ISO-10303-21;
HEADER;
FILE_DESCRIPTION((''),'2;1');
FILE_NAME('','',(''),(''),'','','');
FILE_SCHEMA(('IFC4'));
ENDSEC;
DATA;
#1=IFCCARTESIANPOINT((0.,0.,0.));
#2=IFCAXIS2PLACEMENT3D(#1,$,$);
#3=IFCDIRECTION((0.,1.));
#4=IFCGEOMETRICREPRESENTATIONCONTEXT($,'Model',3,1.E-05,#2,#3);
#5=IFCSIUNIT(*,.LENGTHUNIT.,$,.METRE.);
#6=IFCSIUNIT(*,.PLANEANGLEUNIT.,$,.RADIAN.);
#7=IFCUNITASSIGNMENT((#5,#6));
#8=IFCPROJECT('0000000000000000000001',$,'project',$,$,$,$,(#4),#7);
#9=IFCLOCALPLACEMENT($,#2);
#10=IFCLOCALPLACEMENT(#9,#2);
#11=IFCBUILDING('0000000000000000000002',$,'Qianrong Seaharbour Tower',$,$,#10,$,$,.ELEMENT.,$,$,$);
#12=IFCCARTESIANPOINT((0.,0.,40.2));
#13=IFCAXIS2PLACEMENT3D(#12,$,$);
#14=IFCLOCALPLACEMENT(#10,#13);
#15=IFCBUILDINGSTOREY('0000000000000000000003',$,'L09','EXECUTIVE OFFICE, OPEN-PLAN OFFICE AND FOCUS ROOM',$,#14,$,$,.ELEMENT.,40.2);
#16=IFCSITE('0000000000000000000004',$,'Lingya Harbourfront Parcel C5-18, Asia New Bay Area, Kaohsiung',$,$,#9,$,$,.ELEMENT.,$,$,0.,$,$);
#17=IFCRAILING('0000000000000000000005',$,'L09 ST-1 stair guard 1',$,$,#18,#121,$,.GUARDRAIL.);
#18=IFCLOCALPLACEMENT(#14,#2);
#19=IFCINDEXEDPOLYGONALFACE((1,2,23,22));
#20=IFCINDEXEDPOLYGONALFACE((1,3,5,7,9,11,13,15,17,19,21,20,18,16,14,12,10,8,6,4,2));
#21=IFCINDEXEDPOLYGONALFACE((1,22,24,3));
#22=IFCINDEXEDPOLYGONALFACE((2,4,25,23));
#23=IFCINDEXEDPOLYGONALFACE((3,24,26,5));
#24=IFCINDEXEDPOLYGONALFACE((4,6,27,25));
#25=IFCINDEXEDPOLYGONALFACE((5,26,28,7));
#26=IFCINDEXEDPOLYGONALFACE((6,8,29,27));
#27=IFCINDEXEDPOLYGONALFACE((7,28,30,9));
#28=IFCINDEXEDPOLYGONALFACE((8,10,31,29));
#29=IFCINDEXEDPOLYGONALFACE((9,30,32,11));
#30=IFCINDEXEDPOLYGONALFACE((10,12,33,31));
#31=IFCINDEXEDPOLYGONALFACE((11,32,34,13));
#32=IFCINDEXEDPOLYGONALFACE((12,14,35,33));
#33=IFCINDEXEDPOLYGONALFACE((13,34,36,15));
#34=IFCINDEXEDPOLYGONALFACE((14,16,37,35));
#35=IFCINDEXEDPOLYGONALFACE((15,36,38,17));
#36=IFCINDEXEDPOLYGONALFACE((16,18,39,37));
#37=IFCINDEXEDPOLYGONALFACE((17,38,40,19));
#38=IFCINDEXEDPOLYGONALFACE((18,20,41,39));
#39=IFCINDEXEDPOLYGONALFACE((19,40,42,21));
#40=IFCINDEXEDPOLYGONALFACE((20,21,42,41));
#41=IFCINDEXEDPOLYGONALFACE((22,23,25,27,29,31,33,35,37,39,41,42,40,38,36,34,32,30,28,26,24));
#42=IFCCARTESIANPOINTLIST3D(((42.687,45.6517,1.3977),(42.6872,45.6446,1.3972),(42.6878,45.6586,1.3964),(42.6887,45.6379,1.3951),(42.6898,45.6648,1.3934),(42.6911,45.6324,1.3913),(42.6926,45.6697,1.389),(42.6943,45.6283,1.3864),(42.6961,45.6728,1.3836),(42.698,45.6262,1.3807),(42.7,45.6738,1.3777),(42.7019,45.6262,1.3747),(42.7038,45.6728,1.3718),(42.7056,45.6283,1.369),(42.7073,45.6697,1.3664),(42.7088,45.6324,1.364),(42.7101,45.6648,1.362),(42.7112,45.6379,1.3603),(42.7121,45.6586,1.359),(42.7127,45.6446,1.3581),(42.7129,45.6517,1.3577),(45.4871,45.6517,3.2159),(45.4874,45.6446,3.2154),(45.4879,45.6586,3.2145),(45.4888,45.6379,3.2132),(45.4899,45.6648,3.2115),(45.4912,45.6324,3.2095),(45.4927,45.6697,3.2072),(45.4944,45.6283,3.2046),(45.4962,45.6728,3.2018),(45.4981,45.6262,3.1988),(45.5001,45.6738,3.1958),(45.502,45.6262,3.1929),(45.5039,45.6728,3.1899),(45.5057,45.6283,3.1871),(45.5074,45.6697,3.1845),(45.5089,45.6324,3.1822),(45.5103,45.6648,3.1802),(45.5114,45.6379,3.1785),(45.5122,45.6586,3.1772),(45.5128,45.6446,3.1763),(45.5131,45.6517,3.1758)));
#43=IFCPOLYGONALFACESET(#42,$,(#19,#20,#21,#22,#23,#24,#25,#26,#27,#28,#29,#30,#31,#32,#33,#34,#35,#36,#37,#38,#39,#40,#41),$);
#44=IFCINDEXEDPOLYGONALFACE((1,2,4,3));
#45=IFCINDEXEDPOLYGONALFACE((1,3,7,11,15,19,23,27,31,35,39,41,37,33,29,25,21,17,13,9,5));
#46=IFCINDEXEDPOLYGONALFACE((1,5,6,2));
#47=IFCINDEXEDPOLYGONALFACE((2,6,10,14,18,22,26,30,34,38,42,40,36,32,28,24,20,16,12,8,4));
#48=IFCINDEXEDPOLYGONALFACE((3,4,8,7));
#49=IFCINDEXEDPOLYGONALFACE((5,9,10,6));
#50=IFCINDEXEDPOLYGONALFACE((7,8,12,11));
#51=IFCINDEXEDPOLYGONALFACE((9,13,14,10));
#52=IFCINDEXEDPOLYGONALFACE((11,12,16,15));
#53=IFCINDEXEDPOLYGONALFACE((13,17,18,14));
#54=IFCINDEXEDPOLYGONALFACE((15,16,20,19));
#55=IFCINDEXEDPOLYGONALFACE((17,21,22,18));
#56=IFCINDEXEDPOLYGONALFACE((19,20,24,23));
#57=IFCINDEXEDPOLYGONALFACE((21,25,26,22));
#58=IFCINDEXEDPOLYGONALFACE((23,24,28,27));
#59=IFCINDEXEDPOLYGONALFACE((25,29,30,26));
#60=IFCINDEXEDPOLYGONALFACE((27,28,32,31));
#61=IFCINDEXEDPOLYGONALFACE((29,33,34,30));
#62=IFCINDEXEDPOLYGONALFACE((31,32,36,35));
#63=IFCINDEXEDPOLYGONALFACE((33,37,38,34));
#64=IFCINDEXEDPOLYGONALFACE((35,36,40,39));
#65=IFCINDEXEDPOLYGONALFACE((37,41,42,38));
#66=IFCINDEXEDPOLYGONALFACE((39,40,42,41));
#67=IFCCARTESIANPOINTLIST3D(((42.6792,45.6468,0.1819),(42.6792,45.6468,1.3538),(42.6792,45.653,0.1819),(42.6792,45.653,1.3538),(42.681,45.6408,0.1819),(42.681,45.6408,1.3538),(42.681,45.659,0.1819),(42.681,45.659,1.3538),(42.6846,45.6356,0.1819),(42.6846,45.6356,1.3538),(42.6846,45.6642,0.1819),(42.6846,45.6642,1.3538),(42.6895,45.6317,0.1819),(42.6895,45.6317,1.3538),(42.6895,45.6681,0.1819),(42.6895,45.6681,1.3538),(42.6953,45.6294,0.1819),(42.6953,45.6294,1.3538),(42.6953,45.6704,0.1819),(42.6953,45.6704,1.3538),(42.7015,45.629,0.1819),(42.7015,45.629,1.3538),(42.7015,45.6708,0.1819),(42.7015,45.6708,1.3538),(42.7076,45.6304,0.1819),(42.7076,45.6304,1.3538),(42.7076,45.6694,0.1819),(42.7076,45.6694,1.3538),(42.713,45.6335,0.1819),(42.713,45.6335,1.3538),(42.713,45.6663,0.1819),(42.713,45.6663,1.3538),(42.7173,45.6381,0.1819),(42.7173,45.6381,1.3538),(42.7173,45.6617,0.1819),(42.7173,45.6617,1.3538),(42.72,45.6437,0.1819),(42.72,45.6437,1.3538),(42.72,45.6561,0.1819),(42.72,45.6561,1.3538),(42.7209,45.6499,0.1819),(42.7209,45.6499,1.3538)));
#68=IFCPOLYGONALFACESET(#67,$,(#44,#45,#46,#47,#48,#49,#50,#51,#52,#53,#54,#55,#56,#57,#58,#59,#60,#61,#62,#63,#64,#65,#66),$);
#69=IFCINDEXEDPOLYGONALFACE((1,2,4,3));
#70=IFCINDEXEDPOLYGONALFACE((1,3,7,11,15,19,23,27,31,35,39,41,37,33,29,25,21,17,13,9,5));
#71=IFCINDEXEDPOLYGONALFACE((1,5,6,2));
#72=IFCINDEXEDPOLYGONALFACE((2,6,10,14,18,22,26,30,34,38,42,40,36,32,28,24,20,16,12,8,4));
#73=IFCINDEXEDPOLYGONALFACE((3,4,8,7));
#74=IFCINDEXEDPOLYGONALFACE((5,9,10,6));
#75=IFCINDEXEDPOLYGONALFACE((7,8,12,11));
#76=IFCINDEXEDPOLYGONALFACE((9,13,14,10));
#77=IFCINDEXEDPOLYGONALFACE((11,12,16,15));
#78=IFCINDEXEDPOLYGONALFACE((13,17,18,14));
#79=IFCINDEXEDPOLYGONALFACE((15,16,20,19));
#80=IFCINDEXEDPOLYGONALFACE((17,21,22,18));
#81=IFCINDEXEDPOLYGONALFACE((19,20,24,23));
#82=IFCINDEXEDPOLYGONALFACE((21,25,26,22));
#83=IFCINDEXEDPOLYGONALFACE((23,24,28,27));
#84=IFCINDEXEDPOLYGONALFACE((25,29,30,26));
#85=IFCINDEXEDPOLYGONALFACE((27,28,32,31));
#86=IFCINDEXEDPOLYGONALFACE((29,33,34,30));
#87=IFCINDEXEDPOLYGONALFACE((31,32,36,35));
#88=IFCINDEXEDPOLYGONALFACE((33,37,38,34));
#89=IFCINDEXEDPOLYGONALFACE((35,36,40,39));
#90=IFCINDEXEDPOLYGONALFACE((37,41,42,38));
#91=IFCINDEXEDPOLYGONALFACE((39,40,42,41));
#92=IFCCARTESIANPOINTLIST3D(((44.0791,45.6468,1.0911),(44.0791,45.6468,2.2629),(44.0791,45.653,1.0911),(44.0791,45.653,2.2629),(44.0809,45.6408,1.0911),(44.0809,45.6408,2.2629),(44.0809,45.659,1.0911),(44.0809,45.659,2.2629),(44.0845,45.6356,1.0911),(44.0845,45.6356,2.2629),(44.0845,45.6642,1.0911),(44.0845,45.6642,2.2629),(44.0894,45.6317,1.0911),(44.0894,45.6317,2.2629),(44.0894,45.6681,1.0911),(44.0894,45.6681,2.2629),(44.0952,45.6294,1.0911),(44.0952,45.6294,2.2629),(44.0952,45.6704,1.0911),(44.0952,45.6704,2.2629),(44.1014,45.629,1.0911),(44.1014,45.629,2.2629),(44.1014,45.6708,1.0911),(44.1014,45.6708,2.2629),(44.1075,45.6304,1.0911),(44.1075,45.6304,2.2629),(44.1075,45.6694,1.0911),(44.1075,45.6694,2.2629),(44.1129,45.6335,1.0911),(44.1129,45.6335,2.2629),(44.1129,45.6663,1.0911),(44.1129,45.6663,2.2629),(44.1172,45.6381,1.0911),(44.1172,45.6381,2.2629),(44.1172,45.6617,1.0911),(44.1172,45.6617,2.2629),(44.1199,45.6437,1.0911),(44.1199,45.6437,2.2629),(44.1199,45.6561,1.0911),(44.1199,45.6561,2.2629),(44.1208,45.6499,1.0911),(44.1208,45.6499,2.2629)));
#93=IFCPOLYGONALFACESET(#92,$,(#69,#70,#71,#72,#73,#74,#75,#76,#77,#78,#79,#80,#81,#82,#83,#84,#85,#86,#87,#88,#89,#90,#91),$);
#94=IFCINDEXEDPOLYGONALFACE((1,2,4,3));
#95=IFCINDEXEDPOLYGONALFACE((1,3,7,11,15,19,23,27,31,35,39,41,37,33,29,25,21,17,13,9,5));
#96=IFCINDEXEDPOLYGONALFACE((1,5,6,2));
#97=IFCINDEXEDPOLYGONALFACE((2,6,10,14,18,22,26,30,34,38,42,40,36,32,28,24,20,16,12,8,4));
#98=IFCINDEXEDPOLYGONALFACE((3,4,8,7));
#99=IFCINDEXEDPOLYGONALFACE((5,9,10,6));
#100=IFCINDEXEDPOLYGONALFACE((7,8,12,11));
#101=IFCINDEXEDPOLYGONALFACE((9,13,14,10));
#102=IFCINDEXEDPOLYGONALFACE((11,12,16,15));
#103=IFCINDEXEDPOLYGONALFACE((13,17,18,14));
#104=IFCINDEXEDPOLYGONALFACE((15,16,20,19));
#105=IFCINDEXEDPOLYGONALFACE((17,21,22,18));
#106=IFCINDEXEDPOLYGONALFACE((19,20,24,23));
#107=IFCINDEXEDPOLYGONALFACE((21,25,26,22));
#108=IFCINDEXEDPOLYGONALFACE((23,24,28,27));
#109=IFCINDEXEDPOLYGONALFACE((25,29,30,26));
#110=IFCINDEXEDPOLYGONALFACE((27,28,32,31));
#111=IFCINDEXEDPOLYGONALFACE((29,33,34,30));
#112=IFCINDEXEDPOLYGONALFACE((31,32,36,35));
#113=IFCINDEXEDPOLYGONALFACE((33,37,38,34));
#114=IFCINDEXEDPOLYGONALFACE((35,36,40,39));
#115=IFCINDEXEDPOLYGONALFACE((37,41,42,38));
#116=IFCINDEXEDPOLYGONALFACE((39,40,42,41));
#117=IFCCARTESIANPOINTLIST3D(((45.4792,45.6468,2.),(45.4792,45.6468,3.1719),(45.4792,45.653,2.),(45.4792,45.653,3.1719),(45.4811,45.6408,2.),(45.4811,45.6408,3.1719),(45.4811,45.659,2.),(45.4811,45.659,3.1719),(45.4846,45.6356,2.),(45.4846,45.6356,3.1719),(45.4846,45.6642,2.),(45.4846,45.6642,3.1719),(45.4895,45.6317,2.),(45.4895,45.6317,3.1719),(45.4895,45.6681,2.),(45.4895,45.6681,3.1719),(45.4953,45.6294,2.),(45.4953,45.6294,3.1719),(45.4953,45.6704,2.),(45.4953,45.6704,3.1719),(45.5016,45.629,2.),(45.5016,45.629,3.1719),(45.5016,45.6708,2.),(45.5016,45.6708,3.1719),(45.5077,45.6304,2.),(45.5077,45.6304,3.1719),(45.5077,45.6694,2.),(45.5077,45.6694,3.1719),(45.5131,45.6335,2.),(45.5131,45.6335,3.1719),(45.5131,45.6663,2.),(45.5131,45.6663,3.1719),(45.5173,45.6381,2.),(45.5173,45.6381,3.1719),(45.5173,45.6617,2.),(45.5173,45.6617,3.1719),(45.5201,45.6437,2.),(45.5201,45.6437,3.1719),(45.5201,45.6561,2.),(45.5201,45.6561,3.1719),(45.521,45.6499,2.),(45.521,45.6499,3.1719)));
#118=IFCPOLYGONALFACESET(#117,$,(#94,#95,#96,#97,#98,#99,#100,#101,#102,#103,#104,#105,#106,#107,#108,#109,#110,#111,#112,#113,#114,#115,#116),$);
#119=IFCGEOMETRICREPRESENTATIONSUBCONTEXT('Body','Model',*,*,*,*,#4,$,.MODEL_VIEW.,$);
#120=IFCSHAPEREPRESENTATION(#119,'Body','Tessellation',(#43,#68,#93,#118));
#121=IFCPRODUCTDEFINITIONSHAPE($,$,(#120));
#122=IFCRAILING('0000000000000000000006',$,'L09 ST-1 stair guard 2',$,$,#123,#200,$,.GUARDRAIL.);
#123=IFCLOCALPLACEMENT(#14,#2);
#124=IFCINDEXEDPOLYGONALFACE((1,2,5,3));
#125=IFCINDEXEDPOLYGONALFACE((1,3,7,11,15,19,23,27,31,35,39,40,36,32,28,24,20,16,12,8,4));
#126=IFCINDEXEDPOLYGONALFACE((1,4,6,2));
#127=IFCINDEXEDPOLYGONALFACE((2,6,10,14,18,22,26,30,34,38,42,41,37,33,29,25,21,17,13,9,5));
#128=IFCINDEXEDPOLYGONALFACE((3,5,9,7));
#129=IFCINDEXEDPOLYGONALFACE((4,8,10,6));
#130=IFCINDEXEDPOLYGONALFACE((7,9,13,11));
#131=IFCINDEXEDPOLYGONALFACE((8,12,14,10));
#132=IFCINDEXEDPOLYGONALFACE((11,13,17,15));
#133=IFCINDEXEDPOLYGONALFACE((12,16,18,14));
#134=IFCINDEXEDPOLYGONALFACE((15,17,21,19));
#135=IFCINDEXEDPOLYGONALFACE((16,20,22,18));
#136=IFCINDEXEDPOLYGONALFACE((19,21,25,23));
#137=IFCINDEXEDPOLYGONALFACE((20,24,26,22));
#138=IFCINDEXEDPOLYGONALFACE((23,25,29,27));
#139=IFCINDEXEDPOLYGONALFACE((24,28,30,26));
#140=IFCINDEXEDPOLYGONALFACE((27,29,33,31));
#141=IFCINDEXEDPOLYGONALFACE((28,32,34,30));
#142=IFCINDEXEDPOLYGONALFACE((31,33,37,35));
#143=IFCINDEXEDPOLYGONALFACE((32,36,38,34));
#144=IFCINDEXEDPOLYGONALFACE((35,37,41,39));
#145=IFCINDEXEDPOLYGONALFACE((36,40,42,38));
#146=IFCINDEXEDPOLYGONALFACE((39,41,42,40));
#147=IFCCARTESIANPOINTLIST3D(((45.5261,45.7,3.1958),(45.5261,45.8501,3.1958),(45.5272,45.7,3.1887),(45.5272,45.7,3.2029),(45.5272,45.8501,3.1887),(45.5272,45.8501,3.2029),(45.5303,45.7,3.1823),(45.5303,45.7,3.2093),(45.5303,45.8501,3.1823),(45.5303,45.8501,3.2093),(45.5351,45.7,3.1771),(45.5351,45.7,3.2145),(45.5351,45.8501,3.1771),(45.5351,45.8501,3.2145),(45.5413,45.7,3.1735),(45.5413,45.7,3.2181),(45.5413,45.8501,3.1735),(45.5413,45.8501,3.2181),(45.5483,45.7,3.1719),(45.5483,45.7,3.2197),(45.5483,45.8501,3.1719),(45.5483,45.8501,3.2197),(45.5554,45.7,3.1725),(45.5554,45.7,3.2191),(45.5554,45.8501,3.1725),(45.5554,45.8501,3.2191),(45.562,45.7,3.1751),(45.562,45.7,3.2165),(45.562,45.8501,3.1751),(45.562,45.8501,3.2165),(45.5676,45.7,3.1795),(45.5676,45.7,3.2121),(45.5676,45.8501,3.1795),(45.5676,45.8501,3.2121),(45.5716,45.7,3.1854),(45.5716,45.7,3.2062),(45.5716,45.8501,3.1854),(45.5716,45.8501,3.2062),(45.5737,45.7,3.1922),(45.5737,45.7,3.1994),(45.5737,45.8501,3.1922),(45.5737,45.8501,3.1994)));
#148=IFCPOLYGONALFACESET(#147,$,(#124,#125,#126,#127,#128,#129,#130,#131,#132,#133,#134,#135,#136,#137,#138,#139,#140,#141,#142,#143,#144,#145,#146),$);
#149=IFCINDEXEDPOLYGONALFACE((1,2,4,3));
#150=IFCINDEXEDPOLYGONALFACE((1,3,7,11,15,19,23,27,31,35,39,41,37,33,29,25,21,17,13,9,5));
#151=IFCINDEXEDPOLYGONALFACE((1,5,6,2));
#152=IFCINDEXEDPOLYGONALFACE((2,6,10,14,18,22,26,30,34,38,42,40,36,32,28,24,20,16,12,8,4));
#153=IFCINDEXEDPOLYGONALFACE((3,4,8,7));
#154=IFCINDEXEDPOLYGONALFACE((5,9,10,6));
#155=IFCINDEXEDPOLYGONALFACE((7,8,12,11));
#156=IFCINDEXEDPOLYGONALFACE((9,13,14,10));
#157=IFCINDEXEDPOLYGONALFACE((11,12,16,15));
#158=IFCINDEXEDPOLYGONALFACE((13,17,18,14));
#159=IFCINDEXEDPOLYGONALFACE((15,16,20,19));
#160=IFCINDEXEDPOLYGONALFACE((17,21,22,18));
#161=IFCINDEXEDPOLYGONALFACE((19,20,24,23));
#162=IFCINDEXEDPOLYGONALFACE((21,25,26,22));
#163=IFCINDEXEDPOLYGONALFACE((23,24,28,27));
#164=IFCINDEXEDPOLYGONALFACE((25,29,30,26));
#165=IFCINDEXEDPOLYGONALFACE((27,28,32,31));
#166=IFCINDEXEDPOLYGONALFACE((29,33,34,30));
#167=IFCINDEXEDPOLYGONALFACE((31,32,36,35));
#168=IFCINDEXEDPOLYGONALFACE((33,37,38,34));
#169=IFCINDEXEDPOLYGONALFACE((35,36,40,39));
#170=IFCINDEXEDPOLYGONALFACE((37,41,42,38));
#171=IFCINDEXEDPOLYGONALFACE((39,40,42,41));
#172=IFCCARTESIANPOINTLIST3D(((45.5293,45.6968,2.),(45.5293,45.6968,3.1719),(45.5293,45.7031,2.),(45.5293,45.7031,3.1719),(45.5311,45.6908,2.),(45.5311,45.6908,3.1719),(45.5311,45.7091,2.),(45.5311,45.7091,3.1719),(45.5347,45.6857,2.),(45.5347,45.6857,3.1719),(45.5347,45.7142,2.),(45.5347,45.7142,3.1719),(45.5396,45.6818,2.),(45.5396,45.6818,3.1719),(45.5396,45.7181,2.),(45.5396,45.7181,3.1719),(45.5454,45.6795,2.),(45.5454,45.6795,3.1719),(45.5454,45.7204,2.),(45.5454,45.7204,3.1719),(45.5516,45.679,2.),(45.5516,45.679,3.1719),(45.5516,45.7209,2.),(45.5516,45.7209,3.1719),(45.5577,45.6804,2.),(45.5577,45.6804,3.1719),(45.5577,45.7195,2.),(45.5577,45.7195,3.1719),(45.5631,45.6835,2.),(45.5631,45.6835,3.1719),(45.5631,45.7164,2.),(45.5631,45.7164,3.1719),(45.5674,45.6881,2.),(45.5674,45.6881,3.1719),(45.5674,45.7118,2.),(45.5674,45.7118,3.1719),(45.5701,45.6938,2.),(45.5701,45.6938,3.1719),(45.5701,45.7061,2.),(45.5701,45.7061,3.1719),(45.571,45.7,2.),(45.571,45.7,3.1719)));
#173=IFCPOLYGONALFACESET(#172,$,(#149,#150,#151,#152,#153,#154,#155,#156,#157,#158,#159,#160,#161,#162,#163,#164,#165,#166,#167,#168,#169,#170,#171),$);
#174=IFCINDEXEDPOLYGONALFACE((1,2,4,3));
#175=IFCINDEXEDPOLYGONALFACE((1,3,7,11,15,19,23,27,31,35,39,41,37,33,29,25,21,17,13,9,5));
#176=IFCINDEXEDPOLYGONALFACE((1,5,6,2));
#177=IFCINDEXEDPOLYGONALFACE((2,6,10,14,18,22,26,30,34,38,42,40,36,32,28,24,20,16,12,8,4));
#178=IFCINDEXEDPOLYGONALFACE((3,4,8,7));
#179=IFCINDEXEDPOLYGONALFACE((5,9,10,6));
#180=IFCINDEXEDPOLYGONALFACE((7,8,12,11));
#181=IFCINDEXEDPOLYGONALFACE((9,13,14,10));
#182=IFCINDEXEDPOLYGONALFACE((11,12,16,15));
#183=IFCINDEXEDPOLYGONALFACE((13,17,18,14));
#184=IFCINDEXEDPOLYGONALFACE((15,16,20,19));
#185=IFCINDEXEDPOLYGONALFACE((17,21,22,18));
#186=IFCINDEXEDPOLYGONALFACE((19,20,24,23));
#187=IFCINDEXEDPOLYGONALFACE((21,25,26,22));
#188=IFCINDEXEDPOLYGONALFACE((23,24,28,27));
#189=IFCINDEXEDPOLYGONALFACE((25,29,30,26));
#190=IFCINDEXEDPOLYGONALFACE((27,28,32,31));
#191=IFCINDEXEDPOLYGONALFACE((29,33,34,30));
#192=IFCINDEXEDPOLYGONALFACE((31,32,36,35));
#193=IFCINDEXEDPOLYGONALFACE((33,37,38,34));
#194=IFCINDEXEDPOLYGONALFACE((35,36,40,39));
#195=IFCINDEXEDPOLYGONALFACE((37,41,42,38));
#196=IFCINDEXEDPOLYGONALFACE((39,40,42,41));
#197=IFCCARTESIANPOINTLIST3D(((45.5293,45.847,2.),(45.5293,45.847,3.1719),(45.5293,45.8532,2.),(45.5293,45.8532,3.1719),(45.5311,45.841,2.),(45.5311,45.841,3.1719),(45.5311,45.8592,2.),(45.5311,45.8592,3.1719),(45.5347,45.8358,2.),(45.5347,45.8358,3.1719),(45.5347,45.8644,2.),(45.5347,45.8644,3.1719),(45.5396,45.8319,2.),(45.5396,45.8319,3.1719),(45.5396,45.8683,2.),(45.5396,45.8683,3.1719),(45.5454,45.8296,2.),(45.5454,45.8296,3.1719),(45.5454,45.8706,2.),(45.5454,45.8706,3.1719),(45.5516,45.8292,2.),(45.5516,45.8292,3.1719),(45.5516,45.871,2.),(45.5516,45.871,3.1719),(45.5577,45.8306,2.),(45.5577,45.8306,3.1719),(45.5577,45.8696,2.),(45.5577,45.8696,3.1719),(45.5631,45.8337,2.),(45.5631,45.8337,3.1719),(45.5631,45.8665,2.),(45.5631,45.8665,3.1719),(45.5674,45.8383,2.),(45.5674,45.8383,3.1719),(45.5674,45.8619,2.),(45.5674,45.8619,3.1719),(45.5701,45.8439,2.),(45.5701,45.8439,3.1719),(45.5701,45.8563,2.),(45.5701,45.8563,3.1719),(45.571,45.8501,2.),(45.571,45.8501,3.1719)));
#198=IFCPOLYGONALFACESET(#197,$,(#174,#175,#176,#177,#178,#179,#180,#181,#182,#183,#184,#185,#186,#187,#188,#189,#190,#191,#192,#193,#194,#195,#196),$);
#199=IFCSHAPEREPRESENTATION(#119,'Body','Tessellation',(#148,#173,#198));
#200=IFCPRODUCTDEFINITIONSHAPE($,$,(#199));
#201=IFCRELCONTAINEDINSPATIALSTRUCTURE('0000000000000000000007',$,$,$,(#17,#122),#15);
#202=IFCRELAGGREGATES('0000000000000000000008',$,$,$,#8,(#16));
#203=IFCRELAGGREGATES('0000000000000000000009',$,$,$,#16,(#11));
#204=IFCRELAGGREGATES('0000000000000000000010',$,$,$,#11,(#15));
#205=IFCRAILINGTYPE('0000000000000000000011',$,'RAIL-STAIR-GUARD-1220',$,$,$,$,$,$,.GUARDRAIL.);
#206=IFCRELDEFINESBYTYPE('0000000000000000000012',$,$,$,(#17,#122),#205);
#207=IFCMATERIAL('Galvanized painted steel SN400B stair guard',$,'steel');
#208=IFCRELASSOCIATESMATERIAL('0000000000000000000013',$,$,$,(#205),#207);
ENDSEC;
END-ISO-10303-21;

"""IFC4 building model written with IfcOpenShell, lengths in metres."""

from ifc_helpers import new_model, si_unit, direction, frame, origin, origin_2d, place, context, subcontext, project, spatial, circle, extrude, material, type_object, element, save


model = new_model("IFC4")

# Units and contexts
model_context = context("Model", 3, precision=1e-05, world=origin(), true_north=direction((0.0, 1.0)))
body_context = subcontext(model_context, "Body", "Model", "MODEL_VIEW")
ifc_project = project(units=[si_unit("LENGTHUNIT", "METRE"), si_unit("PLANEANGLEUNIT", "RADIAN")], contexts=[model_context])

# Site, building, storey
site_placement = place(None, origin())
site = spatial("IfcSite", under=ifc_project, at=site_placement, Name="Lingya Harbourfront Parcel C5-18, Asia New Bay Area, Kaohsiung", CompositionType="ELEMENT", RefElevation=0.0)
building_placement = place(site_placement, origin())
building = spatial("IfcBuilding", under=site, at=building_placement, Name="Qianrong Seaharbour Tower", CompositionType="ELEMENT")
storey_placement = place(building_placement, frame((0.0, 0.0, 40.2)))
storey = spatial("IfcBuildingStorey", under=building, at=storey_placement, Name="L09", Description="EXECUTIVE OFFICE, OPEN-PLAN OFFICE AND FOCUS ROOM", CompositionType="ELEMENT", Elevation=40.2)

# Railings
ifc_material_1 = material(Name="Galvanized painted steel SN400B stair guard", Category="steel")
railing_type_1 = type_object("IfcRailingType", Name="RAIL-STAIR-GUARD-1220", PredefinedType="GUARDRAIL", material=ifc_material_1)
railing_1_placement = place(storey_placement, frame((42.7, 45.6499, 0.1819)))
element("IfcRailing", 1, at=railing_1_placement, inside=storey, type_object=railing_type_1, Name="L09 ST-1 stair guard 1", PredefinedType="GUARDRAIL", context=body_context, shape_type="SweptSolid", body=[
    extrude(circle(Radius=0.0239, at=origin_2d()), frame((0.0, 0.0, 1.1958), z_axis=(0.838706, 0.0, 0.544585), x_axis=(0.0, 1.0, 0.0)), (0.0, 0.0, 1.0), 3.3386),
    extrude(circle(Radius=0.021, at=origin_2d()), origin(), (0.0, 0.0, 1.0), 1.1719),
    extrude(circle(Radius=0.021, at=origin_2d()), frame((1.3999, 0.0, 0.9092)), (0.0, 0.0, 1.0), 1.1719),
    extrude(circle(Radius=0.021, at=origin_2d()), frame((2.8, 0.0, 1.8181)), (0.0, 0.0, 1.0), 1.1719),
])
railing_2_placement = place(storey_placement, frame((45.55, 45.7, 2.0)))
element("IfcRailing", 2, at=railing_2_placement, inside=storey, type_object=railing_type_1, Name="L09 ST-1 stair guard 2", PredefinedType="GUARDRAIL", context=body_context, shape_type="SweptSolid", body=[
    extrude(circle(Radius=0.0239, at=origin_2d()), frame((0.0, 0.0, 1.1958), z_axis=(0.0, 1.0, 0.0), x_axis=(-1.0, 0.0, 0.0)), (0.0, 0.0, 1.0), 0.1501),
    extrude(circle(Radius=0.021, at=origin_2d()), origin(), (0.0, 0.0, 1.0), 1.1719),
    extrude(circle(Radius=0.021, at=origin_2d()), frame((0.0, 0.1501, 0.0)), (0.0, 0.0, 1.0), 1.1719),
])

save(model, "model.ifc")
